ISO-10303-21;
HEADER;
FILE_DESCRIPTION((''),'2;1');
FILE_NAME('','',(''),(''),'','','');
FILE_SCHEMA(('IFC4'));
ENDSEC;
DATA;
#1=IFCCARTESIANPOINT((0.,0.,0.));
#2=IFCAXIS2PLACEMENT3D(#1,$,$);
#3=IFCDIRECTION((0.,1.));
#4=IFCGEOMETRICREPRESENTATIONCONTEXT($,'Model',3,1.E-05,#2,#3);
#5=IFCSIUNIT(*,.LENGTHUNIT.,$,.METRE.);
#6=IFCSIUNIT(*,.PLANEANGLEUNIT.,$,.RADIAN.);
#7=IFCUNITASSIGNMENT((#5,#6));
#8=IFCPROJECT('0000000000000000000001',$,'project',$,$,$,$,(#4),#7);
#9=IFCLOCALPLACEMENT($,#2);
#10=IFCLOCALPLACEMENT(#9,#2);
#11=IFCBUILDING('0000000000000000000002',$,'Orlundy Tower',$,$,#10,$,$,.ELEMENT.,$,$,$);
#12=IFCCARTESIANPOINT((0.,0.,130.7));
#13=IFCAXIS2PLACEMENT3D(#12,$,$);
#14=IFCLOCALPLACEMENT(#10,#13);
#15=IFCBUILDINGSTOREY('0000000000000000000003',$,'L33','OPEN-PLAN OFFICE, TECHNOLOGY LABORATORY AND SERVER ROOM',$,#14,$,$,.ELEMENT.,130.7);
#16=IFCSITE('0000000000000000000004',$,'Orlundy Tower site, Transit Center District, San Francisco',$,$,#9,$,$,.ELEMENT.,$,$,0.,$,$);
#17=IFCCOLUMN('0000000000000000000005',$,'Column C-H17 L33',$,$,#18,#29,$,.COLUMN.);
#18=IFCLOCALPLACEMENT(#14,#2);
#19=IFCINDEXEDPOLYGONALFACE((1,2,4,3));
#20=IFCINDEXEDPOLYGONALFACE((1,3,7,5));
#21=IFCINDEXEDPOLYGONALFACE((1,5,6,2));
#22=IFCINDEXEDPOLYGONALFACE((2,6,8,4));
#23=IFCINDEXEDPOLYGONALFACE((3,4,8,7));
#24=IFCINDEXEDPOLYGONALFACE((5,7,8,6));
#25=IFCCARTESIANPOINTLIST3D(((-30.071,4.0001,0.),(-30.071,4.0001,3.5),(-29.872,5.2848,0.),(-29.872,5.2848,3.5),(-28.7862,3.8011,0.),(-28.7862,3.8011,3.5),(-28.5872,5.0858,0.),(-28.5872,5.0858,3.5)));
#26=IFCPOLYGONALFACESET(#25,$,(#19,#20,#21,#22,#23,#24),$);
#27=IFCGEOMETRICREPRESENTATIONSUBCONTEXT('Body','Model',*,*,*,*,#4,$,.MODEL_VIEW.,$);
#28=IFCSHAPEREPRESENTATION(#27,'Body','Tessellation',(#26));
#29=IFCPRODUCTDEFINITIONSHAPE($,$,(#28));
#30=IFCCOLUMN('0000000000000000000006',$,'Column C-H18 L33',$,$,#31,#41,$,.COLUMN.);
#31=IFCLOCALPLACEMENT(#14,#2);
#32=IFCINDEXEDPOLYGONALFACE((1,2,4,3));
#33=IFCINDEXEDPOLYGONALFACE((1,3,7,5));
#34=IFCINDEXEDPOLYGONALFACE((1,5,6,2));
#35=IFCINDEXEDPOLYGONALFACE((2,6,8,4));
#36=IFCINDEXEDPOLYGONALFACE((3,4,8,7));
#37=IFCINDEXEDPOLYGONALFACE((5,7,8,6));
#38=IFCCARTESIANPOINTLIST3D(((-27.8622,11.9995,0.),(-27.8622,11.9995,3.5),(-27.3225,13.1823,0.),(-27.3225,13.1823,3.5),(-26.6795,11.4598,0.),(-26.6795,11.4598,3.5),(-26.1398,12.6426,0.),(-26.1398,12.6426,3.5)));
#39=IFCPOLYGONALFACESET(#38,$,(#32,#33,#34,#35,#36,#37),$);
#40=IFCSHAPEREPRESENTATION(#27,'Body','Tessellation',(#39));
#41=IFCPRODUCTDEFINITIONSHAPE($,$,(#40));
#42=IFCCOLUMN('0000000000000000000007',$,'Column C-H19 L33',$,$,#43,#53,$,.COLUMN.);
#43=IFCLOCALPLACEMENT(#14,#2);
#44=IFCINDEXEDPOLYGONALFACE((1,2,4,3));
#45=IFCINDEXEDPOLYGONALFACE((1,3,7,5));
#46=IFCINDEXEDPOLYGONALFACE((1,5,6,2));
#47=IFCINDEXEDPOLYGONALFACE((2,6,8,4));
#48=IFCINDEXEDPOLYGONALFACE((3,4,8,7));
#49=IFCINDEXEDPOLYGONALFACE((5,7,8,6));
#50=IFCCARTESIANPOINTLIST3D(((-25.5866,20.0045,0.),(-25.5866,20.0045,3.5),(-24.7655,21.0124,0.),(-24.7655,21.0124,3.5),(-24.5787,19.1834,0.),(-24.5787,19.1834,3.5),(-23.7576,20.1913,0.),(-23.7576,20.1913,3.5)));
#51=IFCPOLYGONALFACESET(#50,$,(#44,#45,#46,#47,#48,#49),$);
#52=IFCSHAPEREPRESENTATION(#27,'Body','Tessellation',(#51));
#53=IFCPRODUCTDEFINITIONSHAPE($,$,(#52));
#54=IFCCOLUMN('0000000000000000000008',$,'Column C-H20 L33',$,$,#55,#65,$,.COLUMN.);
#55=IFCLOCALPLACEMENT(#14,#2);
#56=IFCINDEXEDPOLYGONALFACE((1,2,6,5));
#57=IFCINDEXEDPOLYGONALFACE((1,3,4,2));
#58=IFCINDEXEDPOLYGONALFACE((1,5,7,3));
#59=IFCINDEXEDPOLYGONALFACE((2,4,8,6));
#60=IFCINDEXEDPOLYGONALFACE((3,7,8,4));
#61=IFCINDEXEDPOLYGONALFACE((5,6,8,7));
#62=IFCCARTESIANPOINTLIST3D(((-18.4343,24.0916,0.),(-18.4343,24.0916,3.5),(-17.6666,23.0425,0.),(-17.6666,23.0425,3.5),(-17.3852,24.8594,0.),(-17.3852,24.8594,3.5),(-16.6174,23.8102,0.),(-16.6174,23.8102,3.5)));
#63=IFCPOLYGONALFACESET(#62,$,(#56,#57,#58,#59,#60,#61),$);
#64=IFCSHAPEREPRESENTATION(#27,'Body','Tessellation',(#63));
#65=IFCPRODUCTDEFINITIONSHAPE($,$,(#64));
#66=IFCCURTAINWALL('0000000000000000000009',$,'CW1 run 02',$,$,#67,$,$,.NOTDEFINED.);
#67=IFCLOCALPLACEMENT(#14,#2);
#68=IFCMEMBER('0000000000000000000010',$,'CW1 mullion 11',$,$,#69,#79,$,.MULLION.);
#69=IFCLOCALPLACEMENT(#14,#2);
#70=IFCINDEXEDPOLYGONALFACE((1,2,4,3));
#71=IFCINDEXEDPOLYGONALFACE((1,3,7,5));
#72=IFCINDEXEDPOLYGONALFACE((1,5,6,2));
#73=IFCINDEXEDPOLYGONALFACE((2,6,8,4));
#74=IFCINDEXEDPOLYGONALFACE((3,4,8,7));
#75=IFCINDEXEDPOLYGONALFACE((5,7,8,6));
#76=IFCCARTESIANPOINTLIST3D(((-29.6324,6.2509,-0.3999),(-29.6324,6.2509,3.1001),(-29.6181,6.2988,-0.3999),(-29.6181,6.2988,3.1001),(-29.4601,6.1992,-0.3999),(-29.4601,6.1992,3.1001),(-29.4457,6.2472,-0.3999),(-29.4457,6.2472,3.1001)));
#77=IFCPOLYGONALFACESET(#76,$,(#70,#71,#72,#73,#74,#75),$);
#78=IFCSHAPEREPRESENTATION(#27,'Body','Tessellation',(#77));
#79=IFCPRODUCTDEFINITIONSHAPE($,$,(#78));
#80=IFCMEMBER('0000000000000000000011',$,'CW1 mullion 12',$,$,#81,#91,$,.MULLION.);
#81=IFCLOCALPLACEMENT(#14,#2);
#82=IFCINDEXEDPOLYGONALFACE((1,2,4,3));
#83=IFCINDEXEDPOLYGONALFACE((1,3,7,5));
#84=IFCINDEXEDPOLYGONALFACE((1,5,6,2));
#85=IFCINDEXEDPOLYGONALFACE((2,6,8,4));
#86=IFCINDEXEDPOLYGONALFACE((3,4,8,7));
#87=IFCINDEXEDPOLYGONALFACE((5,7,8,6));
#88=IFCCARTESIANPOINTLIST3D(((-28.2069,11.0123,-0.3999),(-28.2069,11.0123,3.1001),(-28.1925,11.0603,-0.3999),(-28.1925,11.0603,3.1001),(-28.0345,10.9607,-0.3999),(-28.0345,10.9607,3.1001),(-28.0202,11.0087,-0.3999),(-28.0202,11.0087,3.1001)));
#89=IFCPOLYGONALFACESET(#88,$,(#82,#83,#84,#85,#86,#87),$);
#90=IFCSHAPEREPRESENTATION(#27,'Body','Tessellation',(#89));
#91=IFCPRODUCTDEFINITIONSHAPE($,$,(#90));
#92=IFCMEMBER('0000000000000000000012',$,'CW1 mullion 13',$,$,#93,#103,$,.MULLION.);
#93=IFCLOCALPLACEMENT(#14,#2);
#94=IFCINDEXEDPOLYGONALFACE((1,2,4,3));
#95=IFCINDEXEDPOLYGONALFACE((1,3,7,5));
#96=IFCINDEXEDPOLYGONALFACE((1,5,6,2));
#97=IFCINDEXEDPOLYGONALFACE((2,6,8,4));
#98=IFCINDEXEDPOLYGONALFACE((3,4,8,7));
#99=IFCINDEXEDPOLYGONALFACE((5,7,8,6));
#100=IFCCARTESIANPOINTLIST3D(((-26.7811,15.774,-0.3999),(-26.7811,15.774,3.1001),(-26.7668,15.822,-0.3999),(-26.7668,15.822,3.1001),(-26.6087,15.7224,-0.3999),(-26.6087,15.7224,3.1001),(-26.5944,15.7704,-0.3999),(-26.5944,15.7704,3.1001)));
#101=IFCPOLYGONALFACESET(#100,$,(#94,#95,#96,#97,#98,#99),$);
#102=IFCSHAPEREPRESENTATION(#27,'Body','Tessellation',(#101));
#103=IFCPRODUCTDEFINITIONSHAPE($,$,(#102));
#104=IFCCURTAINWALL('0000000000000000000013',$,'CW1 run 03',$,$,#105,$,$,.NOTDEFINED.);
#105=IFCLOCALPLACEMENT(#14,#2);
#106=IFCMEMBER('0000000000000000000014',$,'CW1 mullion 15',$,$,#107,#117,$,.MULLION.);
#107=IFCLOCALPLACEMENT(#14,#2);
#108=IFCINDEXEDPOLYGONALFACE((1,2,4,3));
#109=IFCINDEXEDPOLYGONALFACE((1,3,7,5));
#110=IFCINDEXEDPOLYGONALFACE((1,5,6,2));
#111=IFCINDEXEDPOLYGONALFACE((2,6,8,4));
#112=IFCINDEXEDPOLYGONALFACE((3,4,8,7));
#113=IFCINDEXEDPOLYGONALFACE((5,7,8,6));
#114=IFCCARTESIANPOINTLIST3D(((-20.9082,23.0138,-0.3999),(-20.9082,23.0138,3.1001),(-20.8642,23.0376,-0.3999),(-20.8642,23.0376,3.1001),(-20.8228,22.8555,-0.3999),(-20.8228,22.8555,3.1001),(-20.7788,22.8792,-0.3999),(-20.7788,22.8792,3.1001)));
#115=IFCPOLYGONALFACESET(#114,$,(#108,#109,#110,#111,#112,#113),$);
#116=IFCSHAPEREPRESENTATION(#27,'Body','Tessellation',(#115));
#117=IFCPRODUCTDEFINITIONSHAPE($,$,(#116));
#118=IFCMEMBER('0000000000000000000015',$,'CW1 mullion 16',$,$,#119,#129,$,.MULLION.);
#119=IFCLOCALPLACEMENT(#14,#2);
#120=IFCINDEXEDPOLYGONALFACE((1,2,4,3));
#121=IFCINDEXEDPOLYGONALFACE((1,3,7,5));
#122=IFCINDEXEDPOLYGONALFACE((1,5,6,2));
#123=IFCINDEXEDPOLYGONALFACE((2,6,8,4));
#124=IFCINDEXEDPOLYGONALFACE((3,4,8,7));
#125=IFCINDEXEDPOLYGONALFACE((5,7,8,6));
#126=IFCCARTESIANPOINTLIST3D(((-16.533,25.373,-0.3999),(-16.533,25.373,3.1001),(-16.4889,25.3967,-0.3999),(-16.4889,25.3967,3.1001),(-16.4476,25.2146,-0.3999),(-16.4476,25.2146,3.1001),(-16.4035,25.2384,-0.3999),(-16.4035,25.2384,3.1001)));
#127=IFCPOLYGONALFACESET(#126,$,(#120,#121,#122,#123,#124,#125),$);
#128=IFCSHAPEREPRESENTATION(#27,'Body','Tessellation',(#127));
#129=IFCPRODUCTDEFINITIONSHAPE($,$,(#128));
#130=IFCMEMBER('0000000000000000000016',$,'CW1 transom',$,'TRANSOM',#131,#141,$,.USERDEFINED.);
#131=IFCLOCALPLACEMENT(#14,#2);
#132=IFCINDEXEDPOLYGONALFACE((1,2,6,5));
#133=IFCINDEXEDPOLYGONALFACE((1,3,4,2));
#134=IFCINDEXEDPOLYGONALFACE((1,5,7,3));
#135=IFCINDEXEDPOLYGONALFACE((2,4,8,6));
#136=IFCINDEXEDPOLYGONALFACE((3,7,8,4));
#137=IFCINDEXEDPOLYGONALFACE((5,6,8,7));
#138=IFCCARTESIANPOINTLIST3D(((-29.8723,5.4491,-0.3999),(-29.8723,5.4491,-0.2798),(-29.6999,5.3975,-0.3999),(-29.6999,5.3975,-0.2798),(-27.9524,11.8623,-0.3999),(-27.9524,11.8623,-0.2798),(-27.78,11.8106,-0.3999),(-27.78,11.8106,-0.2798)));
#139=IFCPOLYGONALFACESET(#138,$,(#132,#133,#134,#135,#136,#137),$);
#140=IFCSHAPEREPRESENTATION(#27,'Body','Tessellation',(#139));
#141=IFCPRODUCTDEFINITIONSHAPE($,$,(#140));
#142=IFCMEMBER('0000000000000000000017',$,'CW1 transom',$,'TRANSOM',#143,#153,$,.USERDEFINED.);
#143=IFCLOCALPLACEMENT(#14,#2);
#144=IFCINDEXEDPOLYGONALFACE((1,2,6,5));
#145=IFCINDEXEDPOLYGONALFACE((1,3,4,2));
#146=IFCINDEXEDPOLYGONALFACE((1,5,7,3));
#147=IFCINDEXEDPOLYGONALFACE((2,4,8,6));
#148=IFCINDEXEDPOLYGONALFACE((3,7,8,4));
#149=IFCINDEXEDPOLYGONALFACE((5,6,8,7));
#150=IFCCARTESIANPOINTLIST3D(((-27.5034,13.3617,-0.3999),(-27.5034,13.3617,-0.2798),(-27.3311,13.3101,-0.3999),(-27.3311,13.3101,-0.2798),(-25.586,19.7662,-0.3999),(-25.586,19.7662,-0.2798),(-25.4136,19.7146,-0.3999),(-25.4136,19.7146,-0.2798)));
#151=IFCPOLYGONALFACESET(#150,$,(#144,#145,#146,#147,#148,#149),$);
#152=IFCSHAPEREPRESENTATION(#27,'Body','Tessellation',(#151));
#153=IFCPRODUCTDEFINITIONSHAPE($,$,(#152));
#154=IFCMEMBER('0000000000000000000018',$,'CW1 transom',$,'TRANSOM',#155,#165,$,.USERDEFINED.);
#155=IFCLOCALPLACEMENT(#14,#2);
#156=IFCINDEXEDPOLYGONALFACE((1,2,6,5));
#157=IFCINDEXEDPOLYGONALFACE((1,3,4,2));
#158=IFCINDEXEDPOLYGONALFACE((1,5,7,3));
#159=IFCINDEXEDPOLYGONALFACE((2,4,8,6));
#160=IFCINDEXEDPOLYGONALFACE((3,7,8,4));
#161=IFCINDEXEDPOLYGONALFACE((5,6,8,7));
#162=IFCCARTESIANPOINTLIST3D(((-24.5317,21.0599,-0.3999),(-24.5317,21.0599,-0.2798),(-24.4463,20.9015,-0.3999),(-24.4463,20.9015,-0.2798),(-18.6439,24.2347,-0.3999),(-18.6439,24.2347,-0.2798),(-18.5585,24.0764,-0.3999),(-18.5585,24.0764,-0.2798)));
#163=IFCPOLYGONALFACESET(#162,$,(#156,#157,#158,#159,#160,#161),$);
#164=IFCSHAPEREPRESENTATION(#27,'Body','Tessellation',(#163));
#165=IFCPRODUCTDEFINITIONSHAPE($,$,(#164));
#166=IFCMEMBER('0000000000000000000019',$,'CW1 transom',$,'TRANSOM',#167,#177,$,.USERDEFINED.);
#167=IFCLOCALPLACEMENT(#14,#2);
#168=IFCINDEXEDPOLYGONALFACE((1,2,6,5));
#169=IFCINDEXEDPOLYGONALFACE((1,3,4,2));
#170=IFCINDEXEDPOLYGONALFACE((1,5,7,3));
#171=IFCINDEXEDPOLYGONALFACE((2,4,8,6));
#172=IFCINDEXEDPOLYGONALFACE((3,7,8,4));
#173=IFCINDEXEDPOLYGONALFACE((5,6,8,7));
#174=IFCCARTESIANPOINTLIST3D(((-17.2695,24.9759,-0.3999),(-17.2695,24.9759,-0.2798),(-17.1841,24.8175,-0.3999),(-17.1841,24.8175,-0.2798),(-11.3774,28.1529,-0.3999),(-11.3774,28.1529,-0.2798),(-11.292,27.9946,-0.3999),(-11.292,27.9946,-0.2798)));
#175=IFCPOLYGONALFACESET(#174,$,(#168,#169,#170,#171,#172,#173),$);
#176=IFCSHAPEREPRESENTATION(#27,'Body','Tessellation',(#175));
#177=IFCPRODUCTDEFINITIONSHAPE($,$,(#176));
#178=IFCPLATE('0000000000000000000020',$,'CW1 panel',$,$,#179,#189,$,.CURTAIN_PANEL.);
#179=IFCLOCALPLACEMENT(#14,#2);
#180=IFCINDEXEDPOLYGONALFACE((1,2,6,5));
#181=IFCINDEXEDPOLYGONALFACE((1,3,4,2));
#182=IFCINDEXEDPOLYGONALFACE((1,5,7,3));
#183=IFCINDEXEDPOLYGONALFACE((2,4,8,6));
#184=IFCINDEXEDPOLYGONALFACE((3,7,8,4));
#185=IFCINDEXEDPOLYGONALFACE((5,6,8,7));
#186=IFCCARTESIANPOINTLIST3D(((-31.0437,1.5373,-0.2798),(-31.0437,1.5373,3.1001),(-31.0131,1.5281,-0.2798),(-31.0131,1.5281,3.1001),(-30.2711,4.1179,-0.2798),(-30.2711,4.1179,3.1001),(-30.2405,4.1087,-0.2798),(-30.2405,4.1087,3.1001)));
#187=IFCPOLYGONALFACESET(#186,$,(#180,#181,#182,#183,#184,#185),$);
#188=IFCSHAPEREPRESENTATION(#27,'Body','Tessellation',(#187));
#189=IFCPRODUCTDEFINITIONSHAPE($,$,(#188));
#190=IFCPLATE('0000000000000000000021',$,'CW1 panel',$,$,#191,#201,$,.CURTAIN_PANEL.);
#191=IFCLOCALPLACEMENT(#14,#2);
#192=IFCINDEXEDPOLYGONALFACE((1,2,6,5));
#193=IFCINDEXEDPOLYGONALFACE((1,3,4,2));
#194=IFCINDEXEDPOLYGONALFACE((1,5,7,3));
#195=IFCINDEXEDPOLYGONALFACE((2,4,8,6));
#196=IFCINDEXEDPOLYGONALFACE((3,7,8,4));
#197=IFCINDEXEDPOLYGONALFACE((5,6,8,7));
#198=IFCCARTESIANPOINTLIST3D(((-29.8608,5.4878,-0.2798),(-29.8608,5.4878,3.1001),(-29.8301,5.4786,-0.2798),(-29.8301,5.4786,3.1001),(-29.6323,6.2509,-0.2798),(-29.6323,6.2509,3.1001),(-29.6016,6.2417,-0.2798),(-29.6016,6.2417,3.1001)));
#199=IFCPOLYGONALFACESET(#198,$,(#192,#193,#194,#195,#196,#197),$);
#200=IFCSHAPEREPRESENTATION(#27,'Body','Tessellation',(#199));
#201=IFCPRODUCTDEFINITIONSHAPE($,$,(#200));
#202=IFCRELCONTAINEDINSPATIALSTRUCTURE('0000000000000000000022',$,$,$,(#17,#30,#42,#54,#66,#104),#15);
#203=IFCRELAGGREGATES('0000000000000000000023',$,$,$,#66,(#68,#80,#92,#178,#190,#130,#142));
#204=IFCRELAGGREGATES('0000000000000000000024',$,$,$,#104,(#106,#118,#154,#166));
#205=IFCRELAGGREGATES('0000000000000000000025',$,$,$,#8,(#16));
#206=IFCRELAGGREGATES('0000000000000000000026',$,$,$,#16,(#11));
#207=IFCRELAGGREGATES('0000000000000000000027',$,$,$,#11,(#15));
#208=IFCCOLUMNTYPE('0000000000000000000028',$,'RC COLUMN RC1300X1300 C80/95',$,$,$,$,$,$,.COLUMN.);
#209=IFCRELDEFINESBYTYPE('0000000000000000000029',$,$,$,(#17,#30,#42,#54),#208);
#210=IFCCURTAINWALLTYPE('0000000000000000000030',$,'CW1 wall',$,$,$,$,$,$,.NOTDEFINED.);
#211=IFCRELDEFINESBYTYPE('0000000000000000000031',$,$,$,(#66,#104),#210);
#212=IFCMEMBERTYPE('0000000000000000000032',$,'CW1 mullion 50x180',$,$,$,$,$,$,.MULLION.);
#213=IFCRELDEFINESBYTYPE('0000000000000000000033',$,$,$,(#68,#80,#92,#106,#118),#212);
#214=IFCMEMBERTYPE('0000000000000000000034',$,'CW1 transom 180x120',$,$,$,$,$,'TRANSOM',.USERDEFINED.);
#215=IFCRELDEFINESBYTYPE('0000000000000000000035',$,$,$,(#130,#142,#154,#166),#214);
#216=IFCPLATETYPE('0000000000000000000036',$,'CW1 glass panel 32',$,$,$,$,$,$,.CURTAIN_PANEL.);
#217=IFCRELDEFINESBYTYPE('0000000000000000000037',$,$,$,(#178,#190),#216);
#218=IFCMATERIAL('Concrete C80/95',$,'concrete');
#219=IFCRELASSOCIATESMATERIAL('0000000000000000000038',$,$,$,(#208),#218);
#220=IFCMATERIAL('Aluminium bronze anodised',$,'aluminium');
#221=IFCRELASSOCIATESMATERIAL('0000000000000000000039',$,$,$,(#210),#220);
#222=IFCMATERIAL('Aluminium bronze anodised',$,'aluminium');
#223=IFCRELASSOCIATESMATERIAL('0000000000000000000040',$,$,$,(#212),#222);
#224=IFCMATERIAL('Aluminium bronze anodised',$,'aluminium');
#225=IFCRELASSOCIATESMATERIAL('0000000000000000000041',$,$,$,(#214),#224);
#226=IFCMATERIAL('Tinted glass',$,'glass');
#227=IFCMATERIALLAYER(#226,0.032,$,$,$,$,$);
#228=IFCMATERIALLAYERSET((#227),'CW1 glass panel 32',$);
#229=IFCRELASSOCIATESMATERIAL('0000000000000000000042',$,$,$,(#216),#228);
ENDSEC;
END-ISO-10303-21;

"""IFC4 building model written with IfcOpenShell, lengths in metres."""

from ifc_helpers import new_model, si_unit, direction, frame, origin, origin_2d, place, context, subcontext, project, spatial, rectangle, extrude, material, layer, layer_set, material_profile, profile_set, type_object, element, aggregate, save


model = new_model("IFC4")

# Units and contexts
model_context = context("Model", 3, precision=1e-05, world=origin(), true_north=direction((0.0, 1.0)))
body_context = subcontext(model_context, "Body", "Model", "MODEL_VIEW")
ifc_project = project(units=[si_unit("LENGTHUNIT", "METRE"), si_unit("PLANEANGLEUNIT", "RADIAN")], contexts=[model_context])

# Site, building, storey
site_placement = place(None, origin())
site = spatial("IfcSite", under=ifc_project, at=site_placement, Name="Orlundy Tower site, Transit Center District, San Francisco", CompositionType="ELEMENT", RefElevation=0.0)
building_placement = place(site_placement, origin())
building = spatial("IfcBuilding", under=site, at=building_placement, Name="Orlundy Tower", CompositionType="ELEMENT")
storey_placement = place(building_placement, frame((0.0, 0.0, 130.7)))
storey = spatial("IfcBuildingStorey", under=building, at=storey_placement, Name="L33", Description="OPEN-PLAN OFFICE, TECHNOLOGY LABORATORY AND SERVER ROOM", CompositionType="ELEMENT", Elevation=130.7)

# Columns
ifc_material_1 = material(Name="Concrete C80/95", Category="concrete")
ifc_material_profile_1 = material_profile(ifc_material_1, rectangle(XDim=1.3, YDim=1.3, at=origin_2d()), Name="RC1300X1300")
ifc_profile_set_1 = profile_set([ifc_material_profile_1], Name="Concrete C80/95")
column_type = type_object("IfcColumnType", Name="RC COLUMN RC1300X1300 C80/95", PredefinedType="COLUMN", material=ifc_profile_set_1)
for number, where, z_axis, x_axis, name in (
    (1, (-29.3291, 4.543, 0.0), (0.0, 0.0, 1.0), (-0.988215, 0.153072, 0.0), "Column C-H17 L33"),
    (2, (-27.001, 12.321, 0.0), (0.0, 0.0, 1.0), (-0.909759, 0.415138, 0.0), "Column C-H18 L33"),
    (3, (-24.6721, 20.0979, 0.0), (0.0, 0.0, 1.0), (-0.775308, 0.631583, 0.0), "Column C-H19 L33"),
    (4, (-17.5259, 23.9509, 0.0), (0.0, 0.0, 1.0), (-0.590535, 0.807012, 0.0), "Column C-H20 L33"),
):
    element("IfcColumn", number, at=place(storey_placement, frame(where, z_axis=z_axis, x_axis=x_axis)), inside=storey, type_object=column_type, Name=name, PredefinedType="COLUMN", context=body_context, shape_type="SweptSolid", body=[
        extrude(rectangle(XDim=1.3, YDim=1.3, at=origin_2d()), origin(), (0.0, 0.0, 1.0), 3.5),
    ])

# Curtain walls, members
ifc_material_2 = material(Name="Aluminium bronze anodised", Category="aluminium")
curtain_wall_type = type_object("IfcCurtainWallType", Name="CW1 wall", PredefinedType="NOTDEFINED", material=ifc_material_2)
curtain_wall_1_placement = place(storey_placement, origin())
curtain_wall_1 = element("IfcCurtainWall", 5, at=curtain_wall_1_placement, inside=storey, type_object=curtain_wall_type, Name="CW1 run 02", PredefinedType="NOTDEFINED")
ifc_material_3 = material(Name="Aluminium bronze anodised", Category="aluminium")
ifc_material_profile_2 = material_profile(ifc_material_3, rectangle(XDim=0.1799, YDim=0.05, at=origin_2d()), Name="CW1 mullion 50x180")
ifc_profile_set_2 = profile_set([ifc_material_profile_2], Name="Aluminium bronze anodised")
member_type_1 = type_object("IfcMemberType", Name="CW1 mullion 50x180", PredefinedType="MULLION", material=ifc_profile_set_2)
member_1_placement = place(storey_placement, frame((-29.5391, 6.249, -0.3999), z_axis=(0.0, 0.0, 1.0), x_axis=(-0.957986, 0.286816, 0.0)))
member_1 = element("IfcMember", 6, at=member_1_placement, type_object=member_type_1, Name="CW1 mullion 11", PredefinedType="MULLION", context=body_context, shape_type="SweptSolid", body=[
    extrude(rectangle(XDim=0.1799, YDim=0.05, at=origin_2d()), origin(), (0.0, 0.0, 1.0), 3.5),
])
member_2_placement = place(storey_placement, frame((-28.1135, 11.0105, -0.3999), z_axis=(0.0, 0.0, 1.0), x_axis=(-0.957986, 0.286816, 0.0)))
member_2 = element("IfcMember", 7, at=member_2_placement, type_object=member_type_1, Name="CW1 mullion 12", PredefinedType="MULLION", context=body_context, shape_type="SweptSolid", body=[
    extrude(rectangle(XDim=0.1799, YDim=0.05, at=origin_2d()), origin(), (0.0, 0.0, 1.0), 3.5),
])
member_3_placement = place(storey_placement, frame((-26.6877, 15.7722, -0.3999), z_axis=(0.0, 0.0, 1.0), x_axis=(-0.957986, 0.286816, 0.0)))
member_3 = element("IfcMember", 8, at=member_3_placement, type_object=member_type_1, Name="CW1 mullion 13", PredefinedType="MULLION", context=body_context, shape_type="SweptSolid", body=[
    extrude(rectangle(XDim=0.1799, YDim=0.05, at=origin_2d()), origin(), (0.0, 0.0, 1.0), 3.5),
])
curtain_wall_2_placement = place(storey_placement, origin())
curtain_wall_2 = element("IfcCurtainWall", 9, at=curtain_wall_2_placement, inside=storey, type_object=curtain_wall_type, Name="CW1 run 03", PredefinedType="NOTDEFINED")
member_4_placement = place(storey_placement, frame((-20.8435, 22.9465, -0.3999), z_axis=(0.0, 0.0, 1.0), x_axis=(-0.474618, 0.880192, 0.0)))
member_4 = element("IfcMember", 10, at=member_4_placement, type_object=member_type_1, Name="CW1 mullion 15", PredefinedType="MULLION", context=body_context, shape_type="SweptSolid", body=[
    extrude(rectangle(XDim=0.1799, YDim=0.05, at=origin_2d()), origin(), (0.0, 0.0, 1.0), 3.5),
])
member_5_placement = place(storey_placement, frame((-16.4683, 25.3057, -0.3999), z_axis=(0.0, 0.0, 1.0), x_axis=(-0.474618, 0.880192, 0.0)))
member_5 = element("IfcMember", 11, at=member_5_placement, type_object=member_type_1, Name="CW1 mullion 16", PredefinedType="MULLION", context=body_context, shape_type="SweptSolid", body=[
    extrude(rectangle(XDim=0.1799, YDim=0.05, at=origin_2d()), origin(), (0.0, 0.0, 1.0), 3.5),
])

# Members
ifc_material_4 = material(Name="Aluminium bronze anodised", Category="aluminium")
ifc_material_profile_3 = material_profile(ifc_material_4, rectangle(XDim=0.1799, YDim=0.1201, at=origin_2d()), Name="CW1 transom 180x120")
ifc_profile_set_3 = profile_set([ifc_material_profile_3], Name="Aluminium bronze anodised")
member_type_2 = type_object("IfcMemberType", Name="CW1 transom 180x120", ElementType="TRANSOM", PredefinedType="USERDEFINED", material=ifc_profile_set_3)
member_6_placement = place(storey_placement, frame((-29.7861, 5.4233, -0.3398), z_axis=(0.286799, 0.957991, 0.0), x_axis=(-0.957991, 0.286799, 0.0)))
member_6 = element("IfcMember", 12, at=member_6_placement, type_object=member_type_2, Name="CW1 transom", ObjectType="TRANSOM", PredefinedType="USERDEFINED", context=body_context, shape_type="SweptSolid", body=[
    extrude(rectangle(XDim=0.1799, YDim=0.1201, at=origin_2d()), origin(), (0.0, 0.0, 1.0), 6.6943),
])
member_7_placement = place(storey_placement, frame((-27.4172, 13.3359, -0.3398), z_axis=(0.286815, 0.957986, 0.0), x_axis=(-0.957986, 0.286815, 0.0)))
member_7 = element("IfcMember", 13, at=member_7_placement, type_object=member_type_2, Name="CW1 transom", ObjectType="TRANSOM", PredefinedType="USERDEFINED", context=body_context, shape_type="SweptSolid", body=[
    extrude(rectangle(XDim=0.1799, YDim=0.1201, at=origin_2d()), origin(), (0.0, 0.0, 1.0), 6.6853),
])
member_8_placement = place(storey_placement, frame((-24.489, 20.9807, -0.3398), z_axis=(0.88019, 0.474622, 0.0), x_axis=(-0.474622, 0.88019, 0.0)))
member_8 = element("IfcMember", 14, at=member_8_placement, type_object=member_type_2, Name="CW1 transom", ObjectType="TRANSOM", PredefinedType="USERDEFINED", context=body_context, shape_type="SweptSolid", body=[
    extrude(rectangle(XDim=0.1799, YDim=0.1201, at=origin_2d()), origin(), (0.0, 0.0, 1.0), 6.6892),
])
member_9_placement = place(storey_placement, frame((-17.2268, 24.8967, -0.3398), z_axis=(0.8802, 0.474602, 0.0), x_axis=(-0.474602, 0.8802, 0.0)))
member_9 = element("IfcMember", 15, at=member_9_placement, type_object=member_type_2, Name="CW1 transom", ObjectType="TRANSOM", PredefinedType="USERDEFINED", context=body_context, shape_type="SweptSolid", body=[
    extrude(rectangle(XDim=0.1799, YDim=0.1201, at=origin_2d()), origin(), (0.0, 0.0, 1.0), 6.6941),
])

# Plates
ifc_material_5 = material(Name="Tinted glass", Category="glass")
ifc_layer_1 = layer(ifc_material_5, 0.032)
ifc_layer_set_1 = layer_set([ifc_layer_1], Name="CW1 glass panel 32")
plate_type = type_object("IfcPlateType", Name="CW1 glass panel 32", PredefinedType="CURTAIN_PANEL", material=ifc_layer_set_1)
plate_1_placement = place(storey_placement, frame((-30.6421, 2.823, -0.2798), z_axis=(0.0, 0.0, 1.0), x_axis=(0.286816, 0.957986, 0.0)))
plate_1 = element("IfcPlate", 16, at=plate_1_placement, type_object=plate_type, Name="CW1 panel", PredefinedType="CURTAIN_PANEL", context=body_context, shape_type="SweptSolid", body=[
    extrude(rectangle(XDim=2.6938, YDim=0.032, at=origin_2d()), origin(), (0.0, 0.0, 1.0), 3.3799),
])
plate_2_placement = place(storey_placement, frame((-29.7312, 5.8647, -0.2798), z_axis=(0.0, 0.0, 1.0), x_axis=(0.286816, 0.957986, 0.0)))
plate_2 = element("IfcPlate", 17, at=plate_2_placement, type_object=plate_type, Name="CW1 panel", PredefinedType="CURTAIN_PANEL", context=body_context, shape_type="SweptSolid", body=[
    extrude(rectangle(XDim=0.7966, YDim=0.032, at=origin_2d()), origin(), (0.0, 0.0, 1.0), 3.3799),
])
aggregate(curtain_wall_1, [member_1, member_2, member_3, plate_1, plate_2, member_6, member_7])
aggregate(curtain_wall_2, [member_4, member_5, member_8, member_9])

save(model, "model.ifc")
